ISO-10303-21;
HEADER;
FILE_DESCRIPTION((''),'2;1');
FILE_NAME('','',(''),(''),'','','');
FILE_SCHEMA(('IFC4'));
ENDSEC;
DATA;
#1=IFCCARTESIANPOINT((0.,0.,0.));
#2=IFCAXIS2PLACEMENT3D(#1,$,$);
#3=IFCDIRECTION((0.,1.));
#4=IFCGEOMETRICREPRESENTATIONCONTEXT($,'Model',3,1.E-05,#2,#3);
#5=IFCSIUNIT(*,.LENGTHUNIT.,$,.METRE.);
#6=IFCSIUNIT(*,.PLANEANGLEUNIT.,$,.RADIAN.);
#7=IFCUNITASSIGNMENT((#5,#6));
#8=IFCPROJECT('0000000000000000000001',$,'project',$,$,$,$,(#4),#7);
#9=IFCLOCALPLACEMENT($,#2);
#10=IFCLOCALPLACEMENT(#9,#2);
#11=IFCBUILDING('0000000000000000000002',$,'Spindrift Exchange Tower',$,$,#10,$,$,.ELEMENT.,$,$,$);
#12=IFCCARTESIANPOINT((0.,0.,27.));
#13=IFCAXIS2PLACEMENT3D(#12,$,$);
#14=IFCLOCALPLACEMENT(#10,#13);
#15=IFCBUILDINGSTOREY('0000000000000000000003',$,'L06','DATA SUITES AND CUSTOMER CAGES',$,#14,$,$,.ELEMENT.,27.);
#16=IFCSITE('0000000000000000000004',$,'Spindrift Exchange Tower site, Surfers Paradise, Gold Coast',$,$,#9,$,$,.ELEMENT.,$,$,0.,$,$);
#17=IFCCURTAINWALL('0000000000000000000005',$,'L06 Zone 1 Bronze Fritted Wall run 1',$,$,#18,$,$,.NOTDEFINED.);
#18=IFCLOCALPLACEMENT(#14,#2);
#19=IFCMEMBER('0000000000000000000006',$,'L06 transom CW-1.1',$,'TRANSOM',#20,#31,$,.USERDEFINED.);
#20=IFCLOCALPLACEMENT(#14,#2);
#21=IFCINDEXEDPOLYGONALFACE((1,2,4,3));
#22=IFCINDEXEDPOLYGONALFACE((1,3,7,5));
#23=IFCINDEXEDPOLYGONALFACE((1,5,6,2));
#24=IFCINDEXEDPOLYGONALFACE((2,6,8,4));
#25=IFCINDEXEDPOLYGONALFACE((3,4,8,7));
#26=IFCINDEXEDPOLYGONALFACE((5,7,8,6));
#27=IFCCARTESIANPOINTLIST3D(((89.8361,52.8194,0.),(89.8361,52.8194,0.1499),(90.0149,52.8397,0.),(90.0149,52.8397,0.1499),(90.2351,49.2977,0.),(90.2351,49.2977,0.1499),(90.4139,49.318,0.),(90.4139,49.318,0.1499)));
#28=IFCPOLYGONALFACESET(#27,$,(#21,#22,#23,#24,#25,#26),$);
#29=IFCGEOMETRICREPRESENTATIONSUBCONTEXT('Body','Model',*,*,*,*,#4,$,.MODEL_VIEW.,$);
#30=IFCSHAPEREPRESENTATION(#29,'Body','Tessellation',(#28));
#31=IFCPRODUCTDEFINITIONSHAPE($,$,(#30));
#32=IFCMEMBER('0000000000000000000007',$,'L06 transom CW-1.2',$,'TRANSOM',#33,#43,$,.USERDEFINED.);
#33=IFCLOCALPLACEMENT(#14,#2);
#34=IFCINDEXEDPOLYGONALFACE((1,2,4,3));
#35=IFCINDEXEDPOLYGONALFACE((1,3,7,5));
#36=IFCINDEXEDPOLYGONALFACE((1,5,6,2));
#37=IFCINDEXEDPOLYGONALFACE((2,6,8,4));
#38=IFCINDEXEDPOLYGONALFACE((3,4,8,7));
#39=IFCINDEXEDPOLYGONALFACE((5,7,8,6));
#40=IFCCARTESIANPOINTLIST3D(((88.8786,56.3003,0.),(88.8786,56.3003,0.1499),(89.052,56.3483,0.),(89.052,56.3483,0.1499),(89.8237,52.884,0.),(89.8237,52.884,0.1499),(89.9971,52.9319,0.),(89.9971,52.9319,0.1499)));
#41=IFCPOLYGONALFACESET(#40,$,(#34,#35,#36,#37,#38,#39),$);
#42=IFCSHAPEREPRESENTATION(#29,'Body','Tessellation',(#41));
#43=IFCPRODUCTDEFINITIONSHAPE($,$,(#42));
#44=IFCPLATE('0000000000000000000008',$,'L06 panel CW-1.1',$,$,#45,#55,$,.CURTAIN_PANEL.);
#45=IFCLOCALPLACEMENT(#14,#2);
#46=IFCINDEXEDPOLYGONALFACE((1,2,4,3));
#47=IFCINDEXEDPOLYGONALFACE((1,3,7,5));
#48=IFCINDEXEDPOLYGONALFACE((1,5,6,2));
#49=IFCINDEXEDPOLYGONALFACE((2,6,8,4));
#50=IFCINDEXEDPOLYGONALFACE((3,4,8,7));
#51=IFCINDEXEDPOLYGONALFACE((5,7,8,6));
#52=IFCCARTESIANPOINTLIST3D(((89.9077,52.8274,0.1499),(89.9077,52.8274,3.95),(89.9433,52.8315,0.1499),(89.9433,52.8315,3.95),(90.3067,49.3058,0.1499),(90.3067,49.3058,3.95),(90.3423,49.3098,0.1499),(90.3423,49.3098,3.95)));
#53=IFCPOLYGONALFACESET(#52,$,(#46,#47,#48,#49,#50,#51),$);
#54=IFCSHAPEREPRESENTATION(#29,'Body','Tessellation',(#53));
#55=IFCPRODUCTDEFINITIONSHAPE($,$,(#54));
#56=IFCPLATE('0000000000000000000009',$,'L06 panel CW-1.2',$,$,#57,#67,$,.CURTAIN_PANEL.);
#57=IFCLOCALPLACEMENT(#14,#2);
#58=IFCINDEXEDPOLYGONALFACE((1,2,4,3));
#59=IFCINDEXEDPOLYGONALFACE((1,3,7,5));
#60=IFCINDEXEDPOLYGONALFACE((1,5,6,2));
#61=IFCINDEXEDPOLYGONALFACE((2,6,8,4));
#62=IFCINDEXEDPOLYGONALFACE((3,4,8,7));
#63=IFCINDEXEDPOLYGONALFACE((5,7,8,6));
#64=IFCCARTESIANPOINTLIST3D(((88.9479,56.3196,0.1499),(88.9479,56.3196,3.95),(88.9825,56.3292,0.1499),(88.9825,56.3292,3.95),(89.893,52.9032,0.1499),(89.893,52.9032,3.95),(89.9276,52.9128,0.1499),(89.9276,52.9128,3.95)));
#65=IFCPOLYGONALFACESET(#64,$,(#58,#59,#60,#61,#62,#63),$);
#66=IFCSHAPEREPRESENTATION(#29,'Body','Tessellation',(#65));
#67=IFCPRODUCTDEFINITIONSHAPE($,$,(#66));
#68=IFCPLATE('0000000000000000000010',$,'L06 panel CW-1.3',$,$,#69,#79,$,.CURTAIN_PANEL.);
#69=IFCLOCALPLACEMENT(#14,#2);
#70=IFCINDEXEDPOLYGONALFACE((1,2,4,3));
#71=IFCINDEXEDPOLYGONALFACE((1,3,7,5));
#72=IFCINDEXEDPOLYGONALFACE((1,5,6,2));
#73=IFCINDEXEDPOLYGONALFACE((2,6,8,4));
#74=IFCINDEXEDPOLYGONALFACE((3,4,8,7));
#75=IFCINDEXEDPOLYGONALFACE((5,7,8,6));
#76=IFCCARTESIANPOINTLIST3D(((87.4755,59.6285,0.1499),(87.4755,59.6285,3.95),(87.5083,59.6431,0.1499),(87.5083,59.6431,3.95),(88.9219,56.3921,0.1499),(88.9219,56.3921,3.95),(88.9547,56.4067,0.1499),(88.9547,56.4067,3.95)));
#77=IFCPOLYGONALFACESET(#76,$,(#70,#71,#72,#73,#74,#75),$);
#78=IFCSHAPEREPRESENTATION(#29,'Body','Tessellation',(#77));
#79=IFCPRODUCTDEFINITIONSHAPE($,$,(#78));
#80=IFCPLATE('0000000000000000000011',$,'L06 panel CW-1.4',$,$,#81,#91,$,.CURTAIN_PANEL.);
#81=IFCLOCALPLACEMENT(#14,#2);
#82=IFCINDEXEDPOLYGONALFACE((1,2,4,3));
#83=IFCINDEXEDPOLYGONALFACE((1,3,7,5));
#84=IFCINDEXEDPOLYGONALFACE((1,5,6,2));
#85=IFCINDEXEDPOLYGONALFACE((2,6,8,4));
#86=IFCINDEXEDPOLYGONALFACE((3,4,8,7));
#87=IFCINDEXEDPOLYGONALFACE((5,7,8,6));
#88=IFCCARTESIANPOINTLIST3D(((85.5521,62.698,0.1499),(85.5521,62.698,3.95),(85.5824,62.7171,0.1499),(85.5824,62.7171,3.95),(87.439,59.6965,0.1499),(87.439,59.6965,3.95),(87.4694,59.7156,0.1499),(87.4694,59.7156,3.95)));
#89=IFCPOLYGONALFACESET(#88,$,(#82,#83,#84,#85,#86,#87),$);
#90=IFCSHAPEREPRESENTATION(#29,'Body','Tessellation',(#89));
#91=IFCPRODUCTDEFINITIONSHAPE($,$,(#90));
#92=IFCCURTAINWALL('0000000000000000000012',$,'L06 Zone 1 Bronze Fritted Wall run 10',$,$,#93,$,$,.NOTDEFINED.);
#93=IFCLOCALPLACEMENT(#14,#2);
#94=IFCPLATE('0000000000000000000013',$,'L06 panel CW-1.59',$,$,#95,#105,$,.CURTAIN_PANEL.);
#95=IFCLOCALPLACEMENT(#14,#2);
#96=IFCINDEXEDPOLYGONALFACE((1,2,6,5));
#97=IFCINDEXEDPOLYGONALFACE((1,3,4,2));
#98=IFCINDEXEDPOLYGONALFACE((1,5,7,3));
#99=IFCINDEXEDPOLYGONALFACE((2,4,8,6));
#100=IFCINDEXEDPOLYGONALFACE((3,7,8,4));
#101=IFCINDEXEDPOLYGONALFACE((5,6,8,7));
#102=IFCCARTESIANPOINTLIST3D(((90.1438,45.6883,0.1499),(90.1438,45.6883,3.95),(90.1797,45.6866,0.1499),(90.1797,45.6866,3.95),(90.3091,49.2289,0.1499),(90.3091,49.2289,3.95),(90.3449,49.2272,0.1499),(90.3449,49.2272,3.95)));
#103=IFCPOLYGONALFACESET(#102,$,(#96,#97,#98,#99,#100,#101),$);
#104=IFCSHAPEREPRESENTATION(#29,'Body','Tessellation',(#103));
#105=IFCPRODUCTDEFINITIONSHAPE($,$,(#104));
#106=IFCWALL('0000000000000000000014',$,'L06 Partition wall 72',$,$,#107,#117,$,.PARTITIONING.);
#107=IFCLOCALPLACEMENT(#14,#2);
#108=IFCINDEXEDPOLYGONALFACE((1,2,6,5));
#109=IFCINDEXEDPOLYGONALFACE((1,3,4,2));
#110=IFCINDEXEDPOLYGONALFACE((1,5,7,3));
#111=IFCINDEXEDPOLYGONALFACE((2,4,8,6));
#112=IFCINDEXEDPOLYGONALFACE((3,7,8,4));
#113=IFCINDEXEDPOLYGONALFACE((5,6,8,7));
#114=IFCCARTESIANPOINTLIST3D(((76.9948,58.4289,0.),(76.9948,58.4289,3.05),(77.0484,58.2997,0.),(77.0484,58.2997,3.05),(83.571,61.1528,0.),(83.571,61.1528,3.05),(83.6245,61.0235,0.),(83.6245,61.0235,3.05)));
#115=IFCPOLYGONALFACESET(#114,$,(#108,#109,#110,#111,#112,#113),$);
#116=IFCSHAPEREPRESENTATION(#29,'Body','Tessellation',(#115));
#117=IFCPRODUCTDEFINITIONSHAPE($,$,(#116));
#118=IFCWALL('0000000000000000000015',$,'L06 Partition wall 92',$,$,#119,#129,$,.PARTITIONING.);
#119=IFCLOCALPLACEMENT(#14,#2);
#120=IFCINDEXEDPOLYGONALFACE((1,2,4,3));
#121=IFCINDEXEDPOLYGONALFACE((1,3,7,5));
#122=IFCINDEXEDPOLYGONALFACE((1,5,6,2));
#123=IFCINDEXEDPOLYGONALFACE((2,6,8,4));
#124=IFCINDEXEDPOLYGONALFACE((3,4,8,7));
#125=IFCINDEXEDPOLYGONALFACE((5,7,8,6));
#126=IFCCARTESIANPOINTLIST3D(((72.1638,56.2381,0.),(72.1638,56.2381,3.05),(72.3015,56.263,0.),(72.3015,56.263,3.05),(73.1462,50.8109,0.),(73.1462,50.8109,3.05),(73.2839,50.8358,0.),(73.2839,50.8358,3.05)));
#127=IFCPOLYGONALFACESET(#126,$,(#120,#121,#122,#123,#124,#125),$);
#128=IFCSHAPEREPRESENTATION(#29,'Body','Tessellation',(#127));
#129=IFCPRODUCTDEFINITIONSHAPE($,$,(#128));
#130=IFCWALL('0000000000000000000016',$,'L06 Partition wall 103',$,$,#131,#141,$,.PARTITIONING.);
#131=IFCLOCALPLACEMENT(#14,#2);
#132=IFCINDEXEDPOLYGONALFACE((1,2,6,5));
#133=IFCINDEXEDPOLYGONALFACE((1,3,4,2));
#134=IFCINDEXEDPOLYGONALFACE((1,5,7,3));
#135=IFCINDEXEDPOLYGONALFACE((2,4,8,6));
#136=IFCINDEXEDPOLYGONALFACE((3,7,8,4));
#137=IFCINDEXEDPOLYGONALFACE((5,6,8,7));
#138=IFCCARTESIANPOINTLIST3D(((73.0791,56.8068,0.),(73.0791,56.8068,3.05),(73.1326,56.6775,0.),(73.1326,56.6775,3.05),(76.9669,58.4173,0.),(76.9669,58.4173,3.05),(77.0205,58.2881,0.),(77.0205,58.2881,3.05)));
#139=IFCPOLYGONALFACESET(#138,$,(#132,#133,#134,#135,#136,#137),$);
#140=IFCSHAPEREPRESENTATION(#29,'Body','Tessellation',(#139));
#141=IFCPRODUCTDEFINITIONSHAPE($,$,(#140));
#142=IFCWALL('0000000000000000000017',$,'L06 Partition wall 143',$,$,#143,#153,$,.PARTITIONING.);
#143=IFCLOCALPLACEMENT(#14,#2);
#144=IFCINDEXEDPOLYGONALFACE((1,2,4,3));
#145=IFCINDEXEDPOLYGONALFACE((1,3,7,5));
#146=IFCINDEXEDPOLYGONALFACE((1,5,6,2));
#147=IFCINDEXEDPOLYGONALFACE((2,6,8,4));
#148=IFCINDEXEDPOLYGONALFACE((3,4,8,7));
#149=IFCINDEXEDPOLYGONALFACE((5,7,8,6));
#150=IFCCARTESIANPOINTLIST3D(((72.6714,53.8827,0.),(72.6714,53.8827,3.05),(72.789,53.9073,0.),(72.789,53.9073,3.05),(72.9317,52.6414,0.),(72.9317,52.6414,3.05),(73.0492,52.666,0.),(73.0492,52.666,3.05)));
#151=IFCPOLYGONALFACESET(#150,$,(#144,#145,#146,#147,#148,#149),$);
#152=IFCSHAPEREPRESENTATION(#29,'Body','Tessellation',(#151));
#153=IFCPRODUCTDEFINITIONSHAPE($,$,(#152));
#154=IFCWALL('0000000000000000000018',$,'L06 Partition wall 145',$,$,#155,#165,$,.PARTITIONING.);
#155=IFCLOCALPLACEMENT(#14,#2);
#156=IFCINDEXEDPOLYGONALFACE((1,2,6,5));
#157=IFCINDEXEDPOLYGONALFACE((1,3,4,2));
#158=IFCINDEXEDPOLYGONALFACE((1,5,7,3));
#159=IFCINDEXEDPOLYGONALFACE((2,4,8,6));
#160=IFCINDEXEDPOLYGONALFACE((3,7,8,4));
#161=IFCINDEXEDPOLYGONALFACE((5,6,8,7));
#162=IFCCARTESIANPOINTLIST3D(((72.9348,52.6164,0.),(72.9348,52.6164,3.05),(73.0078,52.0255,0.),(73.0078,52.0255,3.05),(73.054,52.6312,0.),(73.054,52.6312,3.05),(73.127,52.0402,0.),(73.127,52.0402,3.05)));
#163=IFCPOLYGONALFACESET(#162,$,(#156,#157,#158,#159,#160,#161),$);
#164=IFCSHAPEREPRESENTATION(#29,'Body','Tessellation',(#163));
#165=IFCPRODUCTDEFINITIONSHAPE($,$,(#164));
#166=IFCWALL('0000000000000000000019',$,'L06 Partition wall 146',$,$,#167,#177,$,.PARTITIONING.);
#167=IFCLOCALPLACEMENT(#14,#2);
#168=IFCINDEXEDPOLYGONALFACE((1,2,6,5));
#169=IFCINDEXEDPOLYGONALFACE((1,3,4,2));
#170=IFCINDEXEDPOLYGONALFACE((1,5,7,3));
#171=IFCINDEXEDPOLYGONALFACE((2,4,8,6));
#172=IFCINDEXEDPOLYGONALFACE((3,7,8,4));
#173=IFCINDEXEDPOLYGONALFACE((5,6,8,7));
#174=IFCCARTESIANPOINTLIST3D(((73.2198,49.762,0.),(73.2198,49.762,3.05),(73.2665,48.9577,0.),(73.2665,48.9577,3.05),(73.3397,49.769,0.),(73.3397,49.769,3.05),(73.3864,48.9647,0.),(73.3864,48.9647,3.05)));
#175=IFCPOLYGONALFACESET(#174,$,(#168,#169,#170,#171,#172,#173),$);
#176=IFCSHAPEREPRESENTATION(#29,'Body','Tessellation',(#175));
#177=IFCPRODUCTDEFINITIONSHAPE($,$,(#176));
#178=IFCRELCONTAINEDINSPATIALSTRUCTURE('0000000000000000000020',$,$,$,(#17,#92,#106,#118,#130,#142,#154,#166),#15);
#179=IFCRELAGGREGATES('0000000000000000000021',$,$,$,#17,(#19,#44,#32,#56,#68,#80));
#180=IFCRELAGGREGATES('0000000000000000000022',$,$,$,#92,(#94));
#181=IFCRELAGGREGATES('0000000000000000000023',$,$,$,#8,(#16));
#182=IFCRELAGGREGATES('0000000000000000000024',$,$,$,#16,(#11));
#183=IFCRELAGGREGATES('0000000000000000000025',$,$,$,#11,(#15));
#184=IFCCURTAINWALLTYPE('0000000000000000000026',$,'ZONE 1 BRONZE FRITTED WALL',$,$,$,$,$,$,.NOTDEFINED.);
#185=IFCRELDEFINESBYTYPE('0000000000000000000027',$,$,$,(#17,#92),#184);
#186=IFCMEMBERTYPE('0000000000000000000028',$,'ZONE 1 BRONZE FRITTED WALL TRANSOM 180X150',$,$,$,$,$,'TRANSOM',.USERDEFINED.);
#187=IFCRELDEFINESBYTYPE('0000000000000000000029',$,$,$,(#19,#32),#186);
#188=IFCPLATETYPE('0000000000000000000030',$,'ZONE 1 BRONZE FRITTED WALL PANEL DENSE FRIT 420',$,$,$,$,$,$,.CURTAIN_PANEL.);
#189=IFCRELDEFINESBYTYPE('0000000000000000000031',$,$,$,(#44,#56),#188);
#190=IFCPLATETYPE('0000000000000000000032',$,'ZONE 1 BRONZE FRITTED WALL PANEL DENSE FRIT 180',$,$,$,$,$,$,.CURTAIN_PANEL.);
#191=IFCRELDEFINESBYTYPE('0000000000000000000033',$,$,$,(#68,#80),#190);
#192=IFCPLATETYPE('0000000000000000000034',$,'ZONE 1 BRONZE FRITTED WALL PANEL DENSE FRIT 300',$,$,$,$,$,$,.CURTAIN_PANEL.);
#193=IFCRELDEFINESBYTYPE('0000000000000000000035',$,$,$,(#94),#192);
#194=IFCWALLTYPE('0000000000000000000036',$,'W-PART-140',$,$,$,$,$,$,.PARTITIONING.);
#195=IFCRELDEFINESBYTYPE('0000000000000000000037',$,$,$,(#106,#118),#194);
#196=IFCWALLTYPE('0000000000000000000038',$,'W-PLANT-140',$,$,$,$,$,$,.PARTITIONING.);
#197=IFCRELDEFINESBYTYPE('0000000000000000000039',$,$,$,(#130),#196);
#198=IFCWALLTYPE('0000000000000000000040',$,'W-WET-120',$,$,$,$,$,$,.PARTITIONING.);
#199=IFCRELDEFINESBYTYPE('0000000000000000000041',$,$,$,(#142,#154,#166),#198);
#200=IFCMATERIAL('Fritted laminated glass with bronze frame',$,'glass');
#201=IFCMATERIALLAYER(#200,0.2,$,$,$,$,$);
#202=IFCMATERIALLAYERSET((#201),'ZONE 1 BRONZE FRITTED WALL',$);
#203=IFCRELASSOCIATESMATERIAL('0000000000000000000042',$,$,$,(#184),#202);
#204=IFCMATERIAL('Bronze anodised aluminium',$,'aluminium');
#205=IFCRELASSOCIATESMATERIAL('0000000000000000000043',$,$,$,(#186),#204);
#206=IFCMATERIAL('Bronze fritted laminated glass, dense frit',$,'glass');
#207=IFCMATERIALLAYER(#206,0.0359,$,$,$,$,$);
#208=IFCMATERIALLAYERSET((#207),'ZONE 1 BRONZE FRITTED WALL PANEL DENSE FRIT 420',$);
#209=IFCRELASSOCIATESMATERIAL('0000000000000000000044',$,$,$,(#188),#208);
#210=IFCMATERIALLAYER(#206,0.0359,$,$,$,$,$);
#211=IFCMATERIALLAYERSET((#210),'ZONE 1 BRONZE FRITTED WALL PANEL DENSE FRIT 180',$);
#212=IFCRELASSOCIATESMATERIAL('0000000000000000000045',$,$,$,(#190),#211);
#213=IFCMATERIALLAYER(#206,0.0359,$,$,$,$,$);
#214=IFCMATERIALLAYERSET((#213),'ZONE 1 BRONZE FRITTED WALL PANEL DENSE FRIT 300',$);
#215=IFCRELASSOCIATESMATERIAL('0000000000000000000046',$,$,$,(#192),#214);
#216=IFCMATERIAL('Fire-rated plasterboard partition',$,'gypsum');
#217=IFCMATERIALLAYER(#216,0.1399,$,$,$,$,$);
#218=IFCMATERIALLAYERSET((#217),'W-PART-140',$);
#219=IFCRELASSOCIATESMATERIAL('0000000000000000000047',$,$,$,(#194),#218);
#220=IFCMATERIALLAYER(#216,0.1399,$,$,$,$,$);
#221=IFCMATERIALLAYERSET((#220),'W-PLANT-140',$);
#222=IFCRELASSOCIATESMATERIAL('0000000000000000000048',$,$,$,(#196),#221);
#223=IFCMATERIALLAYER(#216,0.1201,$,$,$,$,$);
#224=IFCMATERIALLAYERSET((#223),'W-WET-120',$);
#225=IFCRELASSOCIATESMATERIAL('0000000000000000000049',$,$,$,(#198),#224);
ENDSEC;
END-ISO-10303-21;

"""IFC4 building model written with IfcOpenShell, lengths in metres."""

from ifc_helpers import new_model, si_unit, direction, frame, frame_2d, origin, origin_2d, place, context, subcontext, project, spatial, rectangle, extrude, source, transform, mapped, material, layer, layer_set, material_profile, profile_set, type_object, element, aggregate, save


model = new_model("IFC4")

# Units and contexts
model_context = context("Model", 3, precision=1e-05, world=origin(), true_north=direction((0.0, 1.0)))
body_context = subcontext(model_context, "Body", "Model", "MODEL_VIEW")
ifc_project = project(units=[si_unit("LENGTHUNIT", "METRE"), si_unit("PLANEANGLEUNIT", "RADIAN")], contexts=[model_context])

# Site, building, storey
site_placement = place(None, origin())
site = spatial("IfcSite", under=ifc_project, at=site_placement, Name="Spindrift Exchange Tower site, Surfers Paradise, Gold Coast", CompositionType="ELEMENT", RefElevation=0.0)
building_placement = place(site_placement, origin())
building = spatial("IfcBuilding", under=site, at=building_placement, Name="Spindrift Exchange Tower", CompositionType="ELEMENT")
storey_placement = place(building_placement, frame((0.0, 0.0, 27.0)))
storey = spatial("IfcBuildingStorey", under=building, at=storey_placement, Name="L06", Description="DATA SUITES AND CUSTOMER CAGES", CompositionType="ELEMENT", Elevation=27.0)

# Curtain wall, members, plates
ifc_material_1 = material(Name="Fritted laminated glass with bronze frame", Category="glass")
ifc_layer_1 = layer(ifc_material_1, 0.2)
ifc_layer_set_1 = layer_set([ifc_layer_1], Name="ZONE 1 BRONZE FRITTED WALL")
curtain_wall_type = type_object("IfcCurtainWallType", Name="ZONE 1 BRONZE FRITTED WALL", PredefinedType="NOTDEFINED", material=ifc_layer_set_1)
curtain_wall_1_placement = place(storey_placement, origin())
curtain_wall_1 = element("IfcCurtainWall", 1, at=curtain_wall_1_placement, inside=storey, type_object=curtain_wall_type, Name="L06 Zone 1 Bronze Fritted Wall run 1", PredefinedType="NOTDEFINED")
ifc_material_2 = material(Name="Bronze anodised aluminium", Category="aluminium")
ifc_material_profile_1 = material_profile(ifc_material_2, rectangle(XDim=0.1799, YDim=0.1499, at=origin_2d()), Name="ZONE 1 BRONZE FRITTED WALL TRANSOM 180X150")
ifc_profile_set_1 = profile_set([ifc_material_profile_1], Name="Bronze anodised aluminium")
member_type_1 = type_object("IfcMemberType", Name="ZONE 1 BRONZE FRITTED WALL TRANSOM 180X150", ElementType="TRANSOM", PredefinedType="USERDEFINED", material=ifc_profile_set_1)
shared_shape_1 = source(origin(), body_context, "Body", "SweptSolid", [
    extrude(rectangle(XDim=0.1799, YDim=0.1499, at=origin_2d()), origin(), (0.0, 0.0, 1.0), 3.5442),
])
member_1_placement = place(storey_placement, frame((90.3245, 49.3079, 0.075), z_axis=(-0.112556, 0.993645, 0.0), x_axis=(-0.993645, -0.112556, 0.0)))
member_1 = element("IfcMember", 2, at=member_1_placement, type_object=member_type_1, Name="L06 transom CW-1.1", ObjectType="TRANSOM", PredefinedType="USERDEFINED", context=body_context, shape_type="MappedRepresentation", body=[
    mapped(shared_shape_1, transform((0.0, 0.0, 0.0), scale=1.0)),
])
shared_shape_2 = source(origin(), body_context, "Body", "SweptSolid", [
    extrude(rectangle(XDim=0.1799, YDim=0.1499, at=origin_2d()), origin(), (0.0, 0.0, 1.0), 3.5447),
])
member_2_placement = place(storey_placement, frame((89.9104, 52.908, 0.075), z_axis=(-0.266624, 0.963801, 0.0), x_axis=(-0.963801, -0.266624, 0.0)))
member_2 = element("IfcMember", 3, at=member_2_placement, type_object=member_type_1, Name="L06 transom CW-1.2", ObjectType="TRANSOM", PredefinedType="USERDEFINED", context=body_context, shape_type="MappedRepresentation", body=[
    mapped(shared_shape_2, transform((0.0, 0.0, 0.0), scale=1.0)),
])
ifc_material_3 = material(Name="Bronze fritted laminated glass, dense frit", Category="glass")
ifc_layer_2 = layer(ifc_material_3, 0.0359)
ifc_layer_set_2 = layer_set([ifc_layer_2], Name="ZONE 1 BRONZE FRITTED WALL PANEL DENSE FRIT 420")
plate_type_1 = type_object("IfcPlateType", Name="ZONE 1 BRONZE FRITTED WALL PANEL DENSE FRIT 420", PredefinedType="CURTAIN_PANEL", material=ifc_layer_set_2)
shared_shape_3 = source(origin(), body_context, "Body", "SweptSolid", [
    extrude(rectangle(XDim=3.5442, YDim=0.0359, at=origin_2d()), origin(), (0.0, 0.0, 1.0), 3.8),
])
plate_1_placement = place(storey_placement, frame((90.125, 51.0686, 0.1499), z_axis=(0.0, 0.0, 1.0), x_axis=(-0.112572, 0.993644, 0.0)))
plate_1 = element("IfcPlate", 4, at=plate_1_placement, type_object=plate_type_1, Name="L06 panel CW-1.1", PredefinedType="CURTAIN_PANEL", context=body_context, shape_type="MappedRepresentation", body=[
    mapped(shared_shape_3, transform((0.0, 0.0, 0.0), scale=1.0)),
])
shared_shape_4 = source(origin(), body_context, "Body", "SweptSolid", [
    extrude(rectangle(XDim=3.5447, YDim=0.0359, at=origin_2d()), origin(), (0.0, 0.0, 1.0), 3.8),
])
plate_2_placement = place(storey_placement, frame((89.4377, 54.6162, 0.1499), z_axis=(0.0, 0.0, 1.0), x_axis=(-0.266623, 0.963801, 0.0)))
plate_2 = element("IfcPlate", 5, at=plate_2_placement, type_object=plate_type_1, Name="L06 panel CW-1.2", PredefinedType="CURTAIN_PANEL", context=body_context, shape_type="MappedRepresentation", body=[
    mapped(shared_shape_4, transform((0.0, 0.0, 0.0), scale=1.0)),
])
ifc_layer_3 = layer(ifc_material_3, 0.0359)
ifc_layer_set_3 = layer_set([ifc_layer_3], Name="ZONE 1 BRONZE FRITTED WALL PANEL DENSE FRIT 180")
plate_type_2 = type_object("IfcPlateType", Name="ZONE 1 BRONZE FRITTED WALL PANEL DENSE FRIT 180", PredefinedType="CURTAIN_PANEL", material=ifc_layer_set_3)
shared_shape_5 = source(origin(), body_context, "Body", "SweptSolid", [
    extrude(rectangle(XDim=3.5449, YDim=0.0359, at=origin_2d()), origin(), (0.0, 0.0, 1.0), 3.8),
])
plate_3_placement = place(storey_placement, frame((88.2151, 58.0176, 0.1499), z_axis=(0.0, 0.0, 1.0), x_axis=(-0.408029, 0.912969, 0.0)))
plate_3 = element("IfcPlate", 6, at=plate_3_placement, type_object=plate_type_2, Name="L06 panel CW-1.3", PredefinedType="CURTAIN_PANEL", context=body_context, shape_type="MappedRepresentation", body=[
    mapped(shared_shape_5, transform((0.0, 0.0, 0.0), scale=1.0)),
])
shared_shape_6 = source(origin(), body_context, "Body", "SweptSolid", [
    extrude(rectangle(XDim=3.5454, YDim=0.0359, at=origin_2d()), origin(), (0.0, 0.0, 1.0), 3.8),
])
plate_4_placement = place(storey_placement, frame((86.5107, 61.2068, 0.1499), z_axis=(0.0, 0.0, 1.0), x_axis=(-0.532237, 0.846596, 0.0)))
plate_4 = element("IfcPlate", 7, at=plate_4_placement, type_object=plate_type_2, Name="L06 panel CW-1.4", PredefinedType="CURTAIN_PANEL", context=body_context, shape_type="MappedRepresentation", body=[
    mapped(shared_shape_6, transform((0.0, 0.0, 0.0), scale=1.0)),
])
aggregate(curtain_wall_1, [member_1, plate_1, member_2, plate_2, plate_3, plate_4])

# Curtain wall, plate
curtain_wall_2_placement = place(storey_placement, origin())
curtain_wall_2 = element("IfcCurtainWall", 8, at=curtain_wall_2_placement, inside=storey, type_object=curtain_wall_type, Name="L06 Zone 1 Bronze Fritted Wall run 10", PredefinedType="NOTDEFINED")
ifc_layer_4 = layer(ifc_material_3, 0.0359)
ifc_layer_set_4 = layer_set([ifc_layer_4], Name="ZONE 1 BRONZE FRITTED WALL PANEL DENSE FRIT 300")
plate_type_3 = type_object("IfcPlateType", Name="ZONE 1 BRONZE FRITTED WALL PANEL DENSE FRIT 300", PredefinedType="CURTAIN_PANEL", material=ifc_layer_set_4)
shared_shape_7 = source(origin(), body_context, "Body", "SweptSolid", [
    extrude(rectangle(XDim=3.5444, YDim=0.0359, at=origin_2d()), origin(), (0.0, 0.0, 1.0), 3.8),
])
plate_5_placement = place(storey_placement, frame((90.2444, 47.4578, 0.1499), z_axis=(0.0, 0.0, 1.0), x_axis=(0.046627, 0.998912, 0.0)))
plate_5 = element("IfcPlate", 9, at=plate_5_placement, type_object=plate_type_3, Name="L06 panel CW-1.59", PredefinedType="CURTAIN_PANEL", context=body_context, shape_type="MappedRepresentation", body=[
    mapped(shared_shape_7, transform((0.0, 0.0, 0.0), scale=1.0)),
])
aggregate(curtain_wall_2, [plate_5])

# Walls
ifc_material_4 = material(Name="Fire-rated plasterboard partition", Category="gypsum")
ifc_layer_5 = layer(ifc_material_4, 0.1399)
ifc_layer_set_5 = layer_set([ifc_layer_5], Name="W-PART-140")
wall_type_1 = type_object("IfcWallType", Name="W-PART-140", PredefinedType="PARTITIONING", material=ifc_layer_set_5)
wall_1_placement = place(storey_placement, frame((77.0215, 58.3643, 0.0), z_axis=(0.0, 0.0, 1.0), x_axis=(0.923883, 0.382676, 0.0)))
element("IfcWall", 10, at=wall_1_placement, inside=storey, type_object=wall_type_1, Name="L06 Partition wall 72", PredefinedType="PARTITIONING", context=body_context, shape_type="SweptSolid", body=[
    extrude(rectangle(XDim=7.1179, YDim=0.1399, at=frame_2d((3.5591, 0.0))), origin(), (0.0, 0.0, 1.0), 3.05),
])
wall_2_placement = place(storey_placement, frame((73.2151, 50.8232, 0.0), z_axis=(0.0, 0.0, 1.0), x_axis=(-0.178122, 0.984008, 0.0)))
element("IfcWall", 11, at=wall_2_placement, inside=storey, type_object=wall_type_1, Name="L06 Partition wall 92", PredefinedType="PARTITIONING", context=body_context, shape_type="SweptSolid", body=[
    extrude(rectangle(XDim=5.5154, YDim=0.1399, at=frame_2d((2.7578, 0.0))), origin(), (0.0, 0.0, 1.0), 3.05),
])
ifc_layer_6 = layer(ifc_material_4, 0.1399)
ifc_layer_set_6 = layer_set([ifc_layer_6], Name="W-PLANT-140")
wall_type_2 = type_object("IfcWallType", Name="W-PLANT-140", PredefinedType="PARTITIONING", material=ifc_layer_set_6)
wall_3_placement = place(storey_placement, frame((73.106, 56.7422, 0.0), z_axis=(0.0, 0.0, 1.0), x_axis=(0.923866, 0.382716, 0.0)))
element("IfcWall", 12, at=wall_3_placement, inside=storey, type_object=wall_type_2, Name="L06 Partition wall 103", PredefinedType="PARTITIONING", context=body_context, shape_type="SweptSolid", body=[
    extrude(rectangle(XDim=4.2083, YDim=0.1399, at=frame_2d((2.104, 0.0))), origin(), (0.0, 0.0, 1.0), 3.05),
])
ifc_layer_7 = layer(ifc_material_4, 0.1201)
ifc_layer_set_7 = layer_set([ifc_layer_7], Name="W-WET-120")
wall_type_3 = type_object("IfcWallType", Name="W-WET-120", PredefinedType="PARTITIONING", material=ifc_layer_set_7)
wall_4_placement = place(storey_placement, frame((72.9905, 52.6536, 0.0), z_axis=(0.0, 0.0, 1.0), x_axis=(-0.205215, 0.978717, 0.0)))
element("IfcWall", 13, at=wall_4_placement, inside=storey, type_object=wall_type_3, Name="L06 Partition wall 143", PredefinedType="PARTITIONING", context=body_context, shape_type="SweptSolid", body=[
    extrude(rectangle(XDim=1.2683, YDim=0.1201, at=frame_2d((0.6343, 0.0))), origin(), (0.0, 0.0, 1.0), 3.05),
])
wall_5_placement = place(storey_placement, frame((73.0674, 52.0327, 0.0), z_axis=(0.0, 0.0, 1.0), x_axis=(-0.122571, 0.99246, 0.0)))
element("IfcWall", 14, at=wall_5_placement, inside=storey, type_object=wall_type_3, Name="L06 Partition wall 145", PredefinedType="PARTITIONING", context=body_context, shape_type="SweptSolid", body=[
    extrude(rectangle(XDim=0.5955, YDim=0.1201, at=frame_2d((0.2979, 0.0))), origin(), (0.0, 0.0, 1.0), 3.05),
])
wall_6_placement = place(storey_placement, frame((73.3264, 48.9612, 0.0), z_axis=(0.0, 0.0, 1.0), x_axis=(-0.057887, 0.998323, 0.0)))
element("IfcWall", 15, at=wall_6_placement, inside=storey, type_object=wall_type_3, Name="L06 Partition wall 146", PredefinedType="PARTITIONING", context=body_context, shape_type="SweptSolid", body=[
    extrude(rectangle(XDim=0.8057, YDim=0.1201, at=frame_2d((0.4028, 0.0))), origin(), (0.0, 0.0, 1.0), 3.05),
])

save(model, "model.ifc")
